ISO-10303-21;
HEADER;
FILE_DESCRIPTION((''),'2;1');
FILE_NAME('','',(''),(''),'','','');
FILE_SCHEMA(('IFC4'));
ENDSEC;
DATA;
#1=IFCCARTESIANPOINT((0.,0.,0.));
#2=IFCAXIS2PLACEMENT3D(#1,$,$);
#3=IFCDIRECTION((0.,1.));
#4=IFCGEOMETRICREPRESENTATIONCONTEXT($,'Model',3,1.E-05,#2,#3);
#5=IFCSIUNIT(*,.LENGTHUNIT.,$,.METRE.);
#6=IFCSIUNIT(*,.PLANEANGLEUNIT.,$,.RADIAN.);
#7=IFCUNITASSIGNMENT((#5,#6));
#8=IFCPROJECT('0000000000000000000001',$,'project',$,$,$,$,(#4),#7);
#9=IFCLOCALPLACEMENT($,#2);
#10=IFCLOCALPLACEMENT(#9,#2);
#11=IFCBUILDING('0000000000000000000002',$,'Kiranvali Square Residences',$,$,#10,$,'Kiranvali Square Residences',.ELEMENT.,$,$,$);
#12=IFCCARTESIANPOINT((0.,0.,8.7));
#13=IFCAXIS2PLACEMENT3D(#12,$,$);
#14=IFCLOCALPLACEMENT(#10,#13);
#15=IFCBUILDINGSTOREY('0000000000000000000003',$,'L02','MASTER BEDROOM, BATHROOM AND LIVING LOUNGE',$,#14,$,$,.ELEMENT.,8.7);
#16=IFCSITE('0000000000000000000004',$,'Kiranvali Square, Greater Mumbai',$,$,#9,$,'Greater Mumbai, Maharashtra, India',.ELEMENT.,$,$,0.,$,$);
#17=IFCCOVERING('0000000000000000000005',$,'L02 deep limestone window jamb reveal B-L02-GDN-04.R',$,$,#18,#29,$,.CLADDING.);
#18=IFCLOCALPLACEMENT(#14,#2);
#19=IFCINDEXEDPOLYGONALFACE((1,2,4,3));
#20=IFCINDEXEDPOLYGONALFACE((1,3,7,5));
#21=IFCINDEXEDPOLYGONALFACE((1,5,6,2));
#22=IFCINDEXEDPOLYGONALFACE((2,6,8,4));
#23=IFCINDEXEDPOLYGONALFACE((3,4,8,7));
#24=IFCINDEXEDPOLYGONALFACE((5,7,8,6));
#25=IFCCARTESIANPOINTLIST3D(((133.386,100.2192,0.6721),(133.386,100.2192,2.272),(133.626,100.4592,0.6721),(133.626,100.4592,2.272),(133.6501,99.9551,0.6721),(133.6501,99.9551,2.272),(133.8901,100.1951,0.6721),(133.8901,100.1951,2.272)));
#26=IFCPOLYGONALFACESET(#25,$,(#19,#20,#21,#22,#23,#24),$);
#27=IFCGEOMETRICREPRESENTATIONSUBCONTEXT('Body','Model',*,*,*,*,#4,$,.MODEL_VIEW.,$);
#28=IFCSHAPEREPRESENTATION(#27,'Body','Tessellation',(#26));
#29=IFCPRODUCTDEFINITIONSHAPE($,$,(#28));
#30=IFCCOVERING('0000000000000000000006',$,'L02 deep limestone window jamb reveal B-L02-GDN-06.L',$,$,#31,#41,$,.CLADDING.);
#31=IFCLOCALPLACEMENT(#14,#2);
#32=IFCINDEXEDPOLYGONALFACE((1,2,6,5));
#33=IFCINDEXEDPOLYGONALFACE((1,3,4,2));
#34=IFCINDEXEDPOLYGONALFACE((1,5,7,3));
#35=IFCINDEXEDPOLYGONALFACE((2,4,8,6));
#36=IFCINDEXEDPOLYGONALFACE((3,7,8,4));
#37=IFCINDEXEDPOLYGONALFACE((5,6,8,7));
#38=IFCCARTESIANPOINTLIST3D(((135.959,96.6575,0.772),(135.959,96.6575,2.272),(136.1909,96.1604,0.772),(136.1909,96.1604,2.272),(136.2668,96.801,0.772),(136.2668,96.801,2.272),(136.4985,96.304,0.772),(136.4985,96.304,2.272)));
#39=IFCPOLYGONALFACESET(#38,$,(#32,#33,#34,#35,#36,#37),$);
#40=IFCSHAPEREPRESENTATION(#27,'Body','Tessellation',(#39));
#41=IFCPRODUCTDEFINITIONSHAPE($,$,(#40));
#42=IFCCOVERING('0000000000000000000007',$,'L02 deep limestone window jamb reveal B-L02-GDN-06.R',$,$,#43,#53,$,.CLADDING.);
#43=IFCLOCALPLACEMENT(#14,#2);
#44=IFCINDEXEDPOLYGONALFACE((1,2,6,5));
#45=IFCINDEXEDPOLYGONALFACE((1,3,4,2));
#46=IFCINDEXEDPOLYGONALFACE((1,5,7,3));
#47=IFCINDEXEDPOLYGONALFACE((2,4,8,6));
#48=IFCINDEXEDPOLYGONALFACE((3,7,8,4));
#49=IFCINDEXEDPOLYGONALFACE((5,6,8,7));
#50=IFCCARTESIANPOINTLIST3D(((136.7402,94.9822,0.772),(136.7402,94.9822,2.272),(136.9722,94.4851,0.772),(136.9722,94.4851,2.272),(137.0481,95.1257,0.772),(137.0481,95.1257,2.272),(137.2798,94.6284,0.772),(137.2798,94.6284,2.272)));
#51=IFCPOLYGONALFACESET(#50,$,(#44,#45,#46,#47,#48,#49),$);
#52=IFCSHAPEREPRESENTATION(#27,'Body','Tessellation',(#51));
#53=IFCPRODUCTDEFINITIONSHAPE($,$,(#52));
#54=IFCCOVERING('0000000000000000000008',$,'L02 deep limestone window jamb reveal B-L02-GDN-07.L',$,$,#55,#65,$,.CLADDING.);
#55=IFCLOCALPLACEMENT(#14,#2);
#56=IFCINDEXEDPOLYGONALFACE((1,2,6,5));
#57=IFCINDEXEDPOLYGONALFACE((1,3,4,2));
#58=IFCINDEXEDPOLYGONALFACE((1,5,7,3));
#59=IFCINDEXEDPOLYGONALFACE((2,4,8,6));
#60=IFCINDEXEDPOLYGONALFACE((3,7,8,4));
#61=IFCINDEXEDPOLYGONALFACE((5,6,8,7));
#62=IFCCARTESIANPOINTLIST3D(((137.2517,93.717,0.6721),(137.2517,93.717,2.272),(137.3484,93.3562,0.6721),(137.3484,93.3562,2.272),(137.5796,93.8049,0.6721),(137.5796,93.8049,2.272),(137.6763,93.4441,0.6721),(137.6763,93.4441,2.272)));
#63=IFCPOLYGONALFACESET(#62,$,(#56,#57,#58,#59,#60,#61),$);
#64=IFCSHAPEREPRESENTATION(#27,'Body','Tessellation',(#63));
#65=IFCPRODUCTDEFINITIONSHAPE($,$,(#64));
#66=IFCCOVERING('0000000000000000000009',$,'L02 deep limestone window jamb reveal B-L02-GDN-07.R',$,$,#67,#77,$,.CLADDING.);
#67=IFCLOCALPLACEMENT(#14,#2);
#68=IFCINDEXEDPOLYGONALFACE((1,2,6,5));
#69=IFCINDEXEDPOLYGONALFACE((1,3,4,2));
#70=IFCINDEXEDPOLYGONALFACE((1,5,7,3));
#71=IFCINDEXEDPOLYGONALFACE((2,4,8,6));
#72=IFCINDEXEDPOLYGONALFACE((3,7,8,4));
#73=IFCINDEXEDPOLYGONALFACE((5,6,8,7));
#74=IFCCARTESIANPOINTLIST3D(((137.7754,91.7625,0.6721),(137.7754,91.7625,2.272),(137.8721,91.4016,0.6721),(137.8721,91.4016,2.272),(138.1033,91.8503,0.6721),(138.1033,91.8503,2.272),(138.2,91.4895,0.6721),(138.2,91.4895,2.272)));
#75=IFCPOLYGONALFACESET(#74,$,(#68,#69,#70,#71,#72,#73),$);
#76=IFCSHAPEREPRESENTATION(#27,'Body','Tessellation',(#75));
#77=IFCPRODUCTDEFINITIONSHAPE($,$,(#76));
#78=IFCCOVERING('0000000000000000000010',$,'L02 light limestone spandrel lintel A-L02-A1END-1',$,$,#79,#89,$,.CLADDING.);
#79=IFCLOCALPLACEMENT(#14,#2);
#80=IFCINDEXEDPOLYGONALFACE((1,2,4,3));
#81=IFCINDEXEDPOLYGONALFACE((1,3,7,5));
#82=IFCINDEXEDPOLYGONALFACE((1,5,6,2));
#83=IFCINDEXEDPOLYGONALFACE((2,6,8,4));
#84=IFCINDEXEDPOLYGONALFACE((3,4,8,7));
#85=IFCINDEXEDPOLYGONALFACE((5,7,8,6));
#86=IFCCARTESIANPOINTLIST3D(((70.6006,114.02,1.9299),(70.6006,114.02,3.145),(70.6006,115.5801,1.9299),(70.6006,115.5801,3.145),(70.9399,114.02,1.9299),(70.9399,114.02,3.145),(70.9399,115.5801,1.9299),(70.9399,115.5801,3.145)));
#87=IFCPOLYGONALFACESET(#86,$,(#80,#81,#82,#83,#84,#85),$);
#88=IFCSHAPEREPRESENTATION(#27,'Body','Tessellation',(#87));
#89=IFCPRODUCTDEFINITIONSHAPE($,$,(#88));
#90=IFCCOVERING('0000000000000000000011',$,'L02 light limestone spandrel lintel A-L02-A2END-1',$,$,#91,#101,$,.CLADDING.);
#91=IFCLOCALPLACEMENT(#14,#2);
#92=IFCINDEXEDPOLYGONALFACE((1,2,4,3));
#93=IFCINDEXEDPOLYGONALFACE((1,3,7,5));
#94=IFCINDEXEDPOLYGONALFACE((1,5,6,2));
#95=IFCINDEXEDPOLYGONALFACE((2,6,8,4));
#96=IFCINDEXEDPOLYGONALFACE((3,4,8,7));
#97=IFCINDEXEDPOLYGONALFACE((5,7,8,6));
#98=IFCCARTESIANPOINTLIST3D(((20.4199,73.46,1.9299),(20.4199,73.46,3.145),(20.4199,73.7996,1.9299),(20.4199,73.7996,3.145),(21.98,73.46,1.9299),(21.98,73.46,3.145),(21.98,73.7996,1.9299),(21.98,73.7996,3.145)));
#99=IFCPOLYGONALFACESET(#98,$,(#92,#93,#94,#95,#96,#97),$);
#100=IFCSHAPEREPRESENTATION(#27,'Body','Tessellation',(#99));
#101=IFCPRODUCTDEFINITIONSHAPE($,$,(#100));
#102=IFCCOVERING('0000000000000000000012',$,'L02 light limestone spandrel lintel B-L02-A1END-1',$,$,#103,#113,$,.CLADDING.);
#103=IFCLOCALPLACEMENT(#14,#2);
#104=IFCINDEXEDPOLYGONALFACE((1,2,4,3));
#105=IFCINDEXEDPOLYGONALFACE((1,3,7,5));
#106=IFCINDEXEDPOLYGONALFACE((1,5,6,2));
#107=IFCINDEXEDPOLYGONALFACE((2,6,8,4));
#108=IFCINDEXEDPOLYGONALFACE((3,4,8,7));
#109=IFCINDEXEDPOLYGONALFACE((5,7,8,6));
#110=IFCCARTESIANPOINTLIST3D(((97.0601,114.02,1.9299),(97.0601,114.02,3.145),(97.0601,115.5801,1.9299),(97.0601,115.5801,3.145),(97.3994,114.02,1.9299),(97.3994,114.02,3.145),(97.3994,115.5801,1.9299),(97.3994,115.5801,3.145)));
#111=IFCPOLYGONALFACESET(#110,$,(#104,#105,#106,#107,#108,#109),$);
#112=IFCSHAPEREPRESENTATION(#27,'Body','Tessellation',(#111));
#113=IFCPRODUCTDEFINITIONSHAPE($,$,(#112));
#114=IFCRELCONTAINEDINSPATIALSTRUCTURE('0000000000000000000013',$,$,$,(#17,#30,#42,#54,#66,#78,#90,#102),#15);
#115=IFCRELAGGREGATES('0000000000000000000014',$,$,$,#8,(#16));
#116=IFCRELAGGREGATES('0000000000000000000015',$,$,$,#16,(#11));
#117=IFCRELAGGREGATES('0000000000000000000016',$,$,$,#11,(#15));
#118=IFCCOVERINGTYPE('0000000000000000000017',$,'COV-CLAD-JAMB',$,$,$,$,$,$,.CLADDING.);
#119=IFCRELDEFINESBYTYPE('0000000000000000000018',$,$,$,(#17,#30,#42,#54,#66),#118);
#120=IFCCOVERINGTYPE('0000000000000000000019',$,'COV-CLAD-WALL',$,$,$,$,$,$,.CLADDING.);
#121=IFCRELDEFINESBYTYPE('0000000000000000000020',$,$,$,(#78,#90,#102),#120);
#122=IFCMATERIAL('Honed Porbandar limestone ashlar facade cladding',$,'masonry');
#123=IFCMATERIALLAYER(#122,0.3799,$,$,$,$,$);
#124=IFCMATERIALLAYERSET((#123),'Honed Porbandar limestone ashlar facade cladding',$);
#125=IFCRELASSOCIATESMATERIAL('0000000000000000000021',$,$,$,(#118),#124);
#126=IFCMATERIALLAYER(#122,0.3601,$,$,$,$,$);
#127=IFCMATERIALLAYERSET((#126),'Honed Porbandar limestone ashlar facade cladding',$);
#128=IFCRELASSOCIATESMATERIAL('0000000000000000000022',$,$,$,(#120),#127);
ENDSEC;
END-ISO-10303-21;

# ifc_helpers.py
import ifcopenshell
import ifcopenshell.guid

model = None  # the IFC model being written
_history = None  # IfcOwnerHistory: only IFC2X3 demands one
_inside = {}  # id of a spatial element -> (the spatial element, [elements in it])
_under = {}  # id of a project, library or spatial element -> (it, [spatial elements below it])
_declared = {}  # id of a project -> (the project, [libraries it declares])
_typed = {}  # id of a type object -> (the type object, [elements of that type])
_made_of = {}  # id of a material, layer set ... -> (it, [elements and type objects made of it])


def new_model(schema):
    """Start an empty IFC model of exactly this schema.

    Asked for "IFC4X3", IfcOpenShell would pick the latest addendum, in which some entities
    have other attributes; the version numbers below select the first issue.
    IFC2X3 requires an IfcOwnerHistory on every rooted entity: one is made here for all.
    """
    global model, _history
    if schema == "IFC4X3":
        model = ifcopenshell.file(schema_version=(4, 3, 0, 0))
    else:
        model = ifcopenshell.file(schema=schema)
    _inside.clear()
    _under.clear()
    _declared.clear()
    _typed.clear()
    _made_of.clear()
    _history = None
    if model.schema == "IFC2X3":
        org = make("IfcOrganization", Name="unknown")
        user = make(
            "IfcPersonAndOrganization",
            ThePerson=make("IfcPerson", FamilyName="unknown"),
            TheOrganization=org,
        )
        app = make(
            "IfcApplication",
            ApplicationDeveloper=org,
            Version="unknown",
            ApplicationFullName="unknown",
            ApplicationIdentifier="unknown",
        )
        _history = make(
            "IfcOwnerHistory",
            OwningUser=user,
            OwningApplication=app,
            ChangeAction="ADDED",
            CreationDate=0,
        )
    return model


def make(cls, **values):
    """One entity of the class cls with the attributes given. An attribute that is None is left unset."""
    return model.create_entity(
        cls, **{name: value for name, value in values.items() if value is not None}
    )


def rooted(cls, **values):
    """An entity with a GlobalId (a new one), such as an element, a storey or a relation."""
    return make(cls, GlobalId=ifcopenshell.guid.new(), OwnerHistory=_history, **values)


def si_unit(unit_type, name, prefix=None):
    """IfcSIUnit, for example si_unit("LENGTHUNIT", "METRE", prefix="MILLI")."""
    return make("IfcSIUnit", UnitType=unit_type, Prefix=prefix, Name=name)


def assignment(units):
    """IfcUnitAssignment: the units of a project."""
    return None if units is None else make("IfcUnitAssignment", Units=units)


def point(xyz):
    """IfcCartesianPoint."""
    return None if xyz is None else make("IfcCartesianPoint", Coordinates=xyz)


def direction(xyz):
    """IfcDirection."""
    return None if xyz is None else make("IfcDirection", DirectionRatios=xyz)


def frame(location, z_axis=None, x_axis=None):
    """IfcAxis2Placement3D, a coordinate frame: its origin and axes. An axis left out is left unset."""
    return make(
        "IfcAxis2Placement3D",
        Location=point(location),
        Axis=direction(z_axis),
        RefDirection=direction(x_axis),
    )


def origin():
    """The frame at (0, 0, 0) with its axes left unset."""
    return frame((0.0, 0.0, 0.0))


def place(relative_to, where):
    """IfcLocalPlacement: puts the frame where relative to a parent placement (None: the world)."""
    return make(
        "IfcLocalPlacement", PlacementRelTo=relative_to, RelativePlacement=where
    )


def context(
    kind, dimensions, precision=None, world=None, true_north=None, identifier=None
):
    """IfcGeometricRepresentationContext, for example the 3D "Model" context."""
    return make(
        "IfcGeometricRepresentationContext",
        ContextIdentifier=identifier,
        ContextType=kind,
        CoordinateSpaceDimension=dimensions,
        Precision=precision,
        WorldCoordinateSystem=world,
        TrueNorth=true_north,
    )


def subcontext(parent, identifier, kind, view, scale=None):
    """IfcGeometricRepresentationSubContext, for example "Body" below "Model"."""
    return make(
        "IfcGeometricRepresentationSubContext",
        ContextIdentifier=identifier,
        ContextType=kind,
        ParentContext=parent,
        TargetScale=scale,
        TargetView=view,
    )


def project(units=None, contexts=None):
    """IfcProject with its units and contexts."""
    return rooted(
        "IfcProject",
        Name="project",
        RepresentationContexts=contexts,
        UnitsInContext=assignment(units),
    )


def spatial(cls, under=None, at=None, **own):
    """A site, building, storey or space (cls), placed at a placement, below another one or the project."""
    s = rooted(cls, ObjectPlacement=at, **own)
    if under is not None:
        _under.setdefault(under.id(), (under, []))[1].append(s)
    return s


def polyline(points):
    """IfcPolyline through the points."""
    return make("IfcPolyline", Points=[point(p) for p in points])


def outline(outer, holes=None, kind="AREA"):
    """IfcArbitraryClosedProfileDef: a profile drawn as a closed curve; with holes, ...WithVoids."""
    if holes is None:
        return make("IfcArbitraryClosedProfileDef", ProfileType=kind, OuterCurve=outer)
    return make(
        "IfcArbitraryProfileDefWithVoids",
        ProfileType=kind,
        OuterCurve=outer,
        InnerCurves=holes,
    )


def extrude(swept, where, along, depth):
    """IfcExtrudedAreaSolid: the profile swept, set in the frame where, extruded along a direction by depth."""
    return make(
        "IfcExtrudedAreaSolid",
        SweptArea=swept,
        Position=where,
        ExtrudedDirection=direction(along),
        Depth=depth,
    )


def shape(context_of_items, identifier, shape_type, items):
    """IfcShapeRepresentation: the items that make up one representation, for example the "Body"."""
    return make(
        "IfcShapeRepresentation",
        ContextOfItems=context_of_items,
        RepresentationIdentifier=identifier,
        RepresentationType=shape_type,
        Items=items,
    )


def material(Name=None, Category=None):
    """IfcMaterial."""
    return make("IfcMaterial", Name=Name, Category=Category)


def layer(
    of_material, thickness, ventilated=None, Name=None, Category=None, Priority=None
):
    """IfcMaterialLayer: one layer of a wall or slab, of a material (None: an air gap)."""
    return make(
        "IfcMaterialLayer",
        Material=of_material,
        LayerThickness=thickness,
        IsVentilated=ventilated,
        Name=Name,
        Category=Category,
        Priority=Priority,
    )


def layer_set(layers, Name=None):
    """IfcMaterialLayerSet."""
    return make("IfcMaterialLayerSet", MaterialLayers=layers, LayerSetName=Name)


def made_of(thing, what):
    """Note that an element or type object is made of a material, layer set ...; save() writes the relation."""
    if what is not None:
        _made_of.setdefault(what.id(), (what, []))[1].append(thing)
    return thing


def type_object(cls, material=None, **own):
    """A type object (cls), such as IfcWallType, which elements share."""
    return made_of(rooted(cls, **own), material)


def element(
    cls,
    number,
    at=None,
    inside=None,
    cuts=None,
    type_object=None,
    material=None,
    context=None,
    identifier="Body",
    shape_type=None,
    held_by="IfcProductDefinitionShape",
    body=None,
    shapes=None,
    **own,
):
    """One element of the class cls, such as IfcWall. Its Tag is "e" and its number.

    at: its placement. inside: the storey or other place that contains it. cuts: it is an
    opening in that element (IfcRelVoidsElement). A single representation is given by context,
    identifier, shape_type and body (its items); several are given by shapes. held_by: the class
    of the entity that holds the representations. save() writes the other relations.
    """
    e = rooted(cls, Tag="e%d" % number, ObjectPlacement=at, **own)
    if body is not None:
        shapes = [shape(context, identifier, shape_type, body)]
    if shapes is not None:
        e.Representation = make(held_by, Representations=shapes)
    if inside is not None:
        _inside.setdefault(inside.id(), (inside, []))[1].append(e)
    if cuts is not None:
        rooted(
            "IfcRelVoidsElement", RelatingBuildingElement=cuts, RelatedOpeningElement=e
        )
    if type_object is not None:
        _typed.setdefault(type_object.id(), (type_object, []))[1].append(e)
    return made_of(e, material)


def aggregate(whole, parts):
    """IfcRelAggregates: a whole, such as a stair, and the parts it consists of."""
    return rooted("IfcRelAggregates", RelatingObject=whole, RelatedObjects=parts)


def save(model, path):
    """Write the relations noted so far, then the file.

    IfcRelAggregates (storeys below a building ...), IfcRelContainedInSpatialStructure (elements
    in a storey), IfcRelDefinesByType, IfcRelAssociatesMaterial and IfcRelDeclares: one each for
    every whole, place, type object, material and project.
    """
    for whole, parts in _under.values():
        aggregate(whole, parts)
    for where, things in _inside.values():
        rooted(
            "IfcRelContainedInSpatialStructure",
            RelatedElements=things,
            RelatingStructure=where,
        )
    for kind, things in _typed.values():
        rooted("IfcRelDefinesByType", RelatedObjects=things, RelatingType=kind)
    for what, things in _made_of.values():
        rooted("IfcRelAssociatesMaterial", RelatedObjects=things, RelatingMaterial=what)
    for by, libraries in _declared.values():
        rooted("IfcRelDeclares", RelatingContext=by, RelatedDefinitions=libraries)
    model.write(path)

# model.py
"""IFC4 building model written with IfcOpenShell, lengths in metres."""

from ifc_helpers import new_model, si_unit, direction, frame, origin, place, context, subcontext, project, spatial, polyline, outline, extrude, material, layer, layer_set, type_object, element, save


model = new_model("IFC4")

# Units and contexts
model_context = context("Model", 3, precision=1e-05, world=origin(), true_north=direction((0.0, 1.0)))
body_context = subcontext(model_context, "Body", "Model", "MODEL_VIEW")
ifc_project = project(units=[si_unit("LENGTHUNIT", "METRE"), si_unit("PLANEANGLEUNIT", "RADIAN")], contexts=[model_context])

# Site, building, storey
site_placement = place(None, origin())
site = spatial("IfcSite", under=ifc_project, at=site_placement, Name="Kiranvali Square, Greater Mumbai", LongName="Greater Mumbai, Maharashtra, India", CompositionType="ELEMENT", RefElevation=0.0)
building_placement = place(site_placement, origin())
building = spatial("IfcBuilding", under=site, at=building_placement, Name="Kiranvali Square Residences", LongName="Kiranvali Square Residences", CompositionType="ELEMENT")
storey_placement = place(building_placement, frame((0.0, 0.0, 8.7)))
storey = spatial("IfcBuildingStorey", under=building, at=storey_placement, Name="L02", Description="MASTER BEDROOM, BATHROOM AND LIVING LOUNGE", CompositionType="ELEMENT", Elevation=8.7)

# Coverings
ifc_material = material(Name="Honed Porbandar limestone ashlar facade cladding", Category="masonry")
ifc_layer_1 = layer(ifc_material, 0.3799)
ifc_layer_set_1 = layer_set([ifc_layer_1], Name="Honed Porbandar limestone ashlar facade cladding")
covering_type_1 = type_object("IfcCoveringType", Name="COV-CLAD-JAMB", PredefinedType="CLADDING", material=ifc_layer_set_1)
covering_1_placement = place(storey_placement, frame((0.0, 0.0, 0.6721)))
element("IfcCovering", 1, at=covering_1_placement, inside=storey, type_object=covering_type_1, Name="L02 deep limestone window jamb reveal B-L02-GDN-04.R", PredefinedType="CLADDING", context=body_context, shape_type="SweptSolid", body=[
    extrude(outline(polyline([(133.386, 100.2192), (133.6501, 99.9551), (133.8901, 100.1951), (133.626, 100.4592), (133.386, 100.2192)])), origin(), (0.0, 0.0, 1.0), 1.5999),
])
covering_2_placement = place(storey_placement, frame((0.0, 0.0, 0.772)))
element("IfcCovering", 2, at=covering_2_placement, inside=storey, type_object=covering_type_1, Name="L02 deep limestone window jamb reveal B-L02-GDN-06.L", PredefinedType="CLADDING", context=body_context, shape_type="SweptSolid", body=[
    extrude(outline(polyline([(135.959, 96.6575), (136.1909, 96.1604), (136.4985, 96.304), (136.2668, 96.801), (135.959, 96.6575)])), origin(), (0.0, 0.0, 1.0), 1.5),
])
covering_3_placement = place(storey_placement, frame((0.0, 0.0, 0.772)))
element("IfcCovering", 3, at=covering_3_placement, inside=storey, type_object=covering_type_1, Name="L02 deep limestone window jamb reveal B-L02-GDN-06.R", PredefinedType="CLADDING", context=body_context, shape_type="SweptSolid", body=[
    extrude(outline(polyline([(136.7402, 94.9822), (136.9722, 94.4851), (137.2798, 94.6284), (137.0481, 95.1257), (136.7402, 94.9822)])), origin(), (0.0, 0.0, 1.0), 1.5),
])
covering_4_placement = place(storey_placement, frame((0.0, 0.0, 0.6721)))
element("IfcCovering", 4, at=covering_4_placement, inside=storey, type_object=covering_type_1, Name="L02 deep limestone window jamb reveal B-L02-GDN-07.L", PredefinedType="CLADDING", context=body_context, shape_type="SweptSolid", body=[
    extrude(outline(polyline([(137.2517, 93.717), (137.3484, 93.3562), (137.6763, 93.4441), (137.5796, 93.8049), (137.2517, 93.717)])), origin(), (0.0, 0.0, 1.0), 1.5999),
])
covering_5_placement = place(storey_placement, frame((0.0, 0.0, 0.6721)))
element("IfcCovering", 5, at=covering_5_placement, inside=storey, type_object=covering_type_1, Name="L02 deep limestone window jamb reveal B-L02-GDN-07.R", PredefinedType="CLADDING", context=body_context, shape_type="SweptSolid", body=[
    extrude(outline(polyline([(137.7754, 91.7625), (137.8721, 91.4016), (138.2, 91.4895), (138.1033, 91.8503), (137.7754, 91.7625)])), origin(), (0.0, 0.0, 1.0), 1.5999),
])
ifc_layer_2 = layer(ifc_material, 0.3601)
ifc_layer_set_2 = layer_set([ifc_layer_2], Name="Honed Porbandar limestone ashlar facade cladding")
covering_type_2 = type_object("IfcCoveringType", Name="COV-CLAD-WALL", PredefinedType="CLADDING", material=ifc_layer_set_2)
covering_6_placement = place(storey_placement, frame((0.0, 0.0, 1.9299)))
element("IfcCovering", 6, at=covering_6_placement, inside=storey, type_object=covering_type_2, Name="L02 light limestone spandrel lintel A-L02-A1END-1", PredefinedType="CLADDING", context=body_context, shape_type="SweptSolid", body=[
    extrude(outline(polyline([(70.9399, 114.02), (70.9399, 115.5801), (70.6006, 115.5801), (70.6006, 114.02), (70.9399, 114.02)])), origin(), (0.0, 0.0, 1.0), 1.2151),
])
covering_7_placement = place(storey_placement, frame((0.0, 0.0, 1.9299)))
element("IfcCovering", 7, at=covering_7_placement, inside=storey, type_object=covering_type_2, Name="L02 light limestone spandrel lintel A-L02-A2END-1", PredefinedType="CLADDING", context=body_context, shape_type="SweptSolid", body=[
    extrude(outline(polyline([(21.98, 73.7996), (20.4199, 73.7996), (20.4199, 73.46), (21.98, 73.46), (21.98, 73.7996)])), origin(), (0.0, 0.0, 1.0), 1.2151),
])
covering_8_placement = place(storey_placement, frame((0.0, 0.0, 1.9299)))
element("IfcCovering", 8, at=covering_8_placement, inside=storey, type_object=covering_type_2, Name="L02 light limestone spandrel lintel B-L02-A1END-1", PredefinedType="CLADDING", context=body_context, shape_type="SweptSolid", body=[
    extrude(outline(polyline([(97.3994, 114.02), (97.3994, 115.5801), (97.0601, 115.5801), (97.0601, 114.02), (97.3994, 114.02)])), origin(), (0.0, 0.0, 1.0), 1.2151),
])

save(model, "model.ifc")
